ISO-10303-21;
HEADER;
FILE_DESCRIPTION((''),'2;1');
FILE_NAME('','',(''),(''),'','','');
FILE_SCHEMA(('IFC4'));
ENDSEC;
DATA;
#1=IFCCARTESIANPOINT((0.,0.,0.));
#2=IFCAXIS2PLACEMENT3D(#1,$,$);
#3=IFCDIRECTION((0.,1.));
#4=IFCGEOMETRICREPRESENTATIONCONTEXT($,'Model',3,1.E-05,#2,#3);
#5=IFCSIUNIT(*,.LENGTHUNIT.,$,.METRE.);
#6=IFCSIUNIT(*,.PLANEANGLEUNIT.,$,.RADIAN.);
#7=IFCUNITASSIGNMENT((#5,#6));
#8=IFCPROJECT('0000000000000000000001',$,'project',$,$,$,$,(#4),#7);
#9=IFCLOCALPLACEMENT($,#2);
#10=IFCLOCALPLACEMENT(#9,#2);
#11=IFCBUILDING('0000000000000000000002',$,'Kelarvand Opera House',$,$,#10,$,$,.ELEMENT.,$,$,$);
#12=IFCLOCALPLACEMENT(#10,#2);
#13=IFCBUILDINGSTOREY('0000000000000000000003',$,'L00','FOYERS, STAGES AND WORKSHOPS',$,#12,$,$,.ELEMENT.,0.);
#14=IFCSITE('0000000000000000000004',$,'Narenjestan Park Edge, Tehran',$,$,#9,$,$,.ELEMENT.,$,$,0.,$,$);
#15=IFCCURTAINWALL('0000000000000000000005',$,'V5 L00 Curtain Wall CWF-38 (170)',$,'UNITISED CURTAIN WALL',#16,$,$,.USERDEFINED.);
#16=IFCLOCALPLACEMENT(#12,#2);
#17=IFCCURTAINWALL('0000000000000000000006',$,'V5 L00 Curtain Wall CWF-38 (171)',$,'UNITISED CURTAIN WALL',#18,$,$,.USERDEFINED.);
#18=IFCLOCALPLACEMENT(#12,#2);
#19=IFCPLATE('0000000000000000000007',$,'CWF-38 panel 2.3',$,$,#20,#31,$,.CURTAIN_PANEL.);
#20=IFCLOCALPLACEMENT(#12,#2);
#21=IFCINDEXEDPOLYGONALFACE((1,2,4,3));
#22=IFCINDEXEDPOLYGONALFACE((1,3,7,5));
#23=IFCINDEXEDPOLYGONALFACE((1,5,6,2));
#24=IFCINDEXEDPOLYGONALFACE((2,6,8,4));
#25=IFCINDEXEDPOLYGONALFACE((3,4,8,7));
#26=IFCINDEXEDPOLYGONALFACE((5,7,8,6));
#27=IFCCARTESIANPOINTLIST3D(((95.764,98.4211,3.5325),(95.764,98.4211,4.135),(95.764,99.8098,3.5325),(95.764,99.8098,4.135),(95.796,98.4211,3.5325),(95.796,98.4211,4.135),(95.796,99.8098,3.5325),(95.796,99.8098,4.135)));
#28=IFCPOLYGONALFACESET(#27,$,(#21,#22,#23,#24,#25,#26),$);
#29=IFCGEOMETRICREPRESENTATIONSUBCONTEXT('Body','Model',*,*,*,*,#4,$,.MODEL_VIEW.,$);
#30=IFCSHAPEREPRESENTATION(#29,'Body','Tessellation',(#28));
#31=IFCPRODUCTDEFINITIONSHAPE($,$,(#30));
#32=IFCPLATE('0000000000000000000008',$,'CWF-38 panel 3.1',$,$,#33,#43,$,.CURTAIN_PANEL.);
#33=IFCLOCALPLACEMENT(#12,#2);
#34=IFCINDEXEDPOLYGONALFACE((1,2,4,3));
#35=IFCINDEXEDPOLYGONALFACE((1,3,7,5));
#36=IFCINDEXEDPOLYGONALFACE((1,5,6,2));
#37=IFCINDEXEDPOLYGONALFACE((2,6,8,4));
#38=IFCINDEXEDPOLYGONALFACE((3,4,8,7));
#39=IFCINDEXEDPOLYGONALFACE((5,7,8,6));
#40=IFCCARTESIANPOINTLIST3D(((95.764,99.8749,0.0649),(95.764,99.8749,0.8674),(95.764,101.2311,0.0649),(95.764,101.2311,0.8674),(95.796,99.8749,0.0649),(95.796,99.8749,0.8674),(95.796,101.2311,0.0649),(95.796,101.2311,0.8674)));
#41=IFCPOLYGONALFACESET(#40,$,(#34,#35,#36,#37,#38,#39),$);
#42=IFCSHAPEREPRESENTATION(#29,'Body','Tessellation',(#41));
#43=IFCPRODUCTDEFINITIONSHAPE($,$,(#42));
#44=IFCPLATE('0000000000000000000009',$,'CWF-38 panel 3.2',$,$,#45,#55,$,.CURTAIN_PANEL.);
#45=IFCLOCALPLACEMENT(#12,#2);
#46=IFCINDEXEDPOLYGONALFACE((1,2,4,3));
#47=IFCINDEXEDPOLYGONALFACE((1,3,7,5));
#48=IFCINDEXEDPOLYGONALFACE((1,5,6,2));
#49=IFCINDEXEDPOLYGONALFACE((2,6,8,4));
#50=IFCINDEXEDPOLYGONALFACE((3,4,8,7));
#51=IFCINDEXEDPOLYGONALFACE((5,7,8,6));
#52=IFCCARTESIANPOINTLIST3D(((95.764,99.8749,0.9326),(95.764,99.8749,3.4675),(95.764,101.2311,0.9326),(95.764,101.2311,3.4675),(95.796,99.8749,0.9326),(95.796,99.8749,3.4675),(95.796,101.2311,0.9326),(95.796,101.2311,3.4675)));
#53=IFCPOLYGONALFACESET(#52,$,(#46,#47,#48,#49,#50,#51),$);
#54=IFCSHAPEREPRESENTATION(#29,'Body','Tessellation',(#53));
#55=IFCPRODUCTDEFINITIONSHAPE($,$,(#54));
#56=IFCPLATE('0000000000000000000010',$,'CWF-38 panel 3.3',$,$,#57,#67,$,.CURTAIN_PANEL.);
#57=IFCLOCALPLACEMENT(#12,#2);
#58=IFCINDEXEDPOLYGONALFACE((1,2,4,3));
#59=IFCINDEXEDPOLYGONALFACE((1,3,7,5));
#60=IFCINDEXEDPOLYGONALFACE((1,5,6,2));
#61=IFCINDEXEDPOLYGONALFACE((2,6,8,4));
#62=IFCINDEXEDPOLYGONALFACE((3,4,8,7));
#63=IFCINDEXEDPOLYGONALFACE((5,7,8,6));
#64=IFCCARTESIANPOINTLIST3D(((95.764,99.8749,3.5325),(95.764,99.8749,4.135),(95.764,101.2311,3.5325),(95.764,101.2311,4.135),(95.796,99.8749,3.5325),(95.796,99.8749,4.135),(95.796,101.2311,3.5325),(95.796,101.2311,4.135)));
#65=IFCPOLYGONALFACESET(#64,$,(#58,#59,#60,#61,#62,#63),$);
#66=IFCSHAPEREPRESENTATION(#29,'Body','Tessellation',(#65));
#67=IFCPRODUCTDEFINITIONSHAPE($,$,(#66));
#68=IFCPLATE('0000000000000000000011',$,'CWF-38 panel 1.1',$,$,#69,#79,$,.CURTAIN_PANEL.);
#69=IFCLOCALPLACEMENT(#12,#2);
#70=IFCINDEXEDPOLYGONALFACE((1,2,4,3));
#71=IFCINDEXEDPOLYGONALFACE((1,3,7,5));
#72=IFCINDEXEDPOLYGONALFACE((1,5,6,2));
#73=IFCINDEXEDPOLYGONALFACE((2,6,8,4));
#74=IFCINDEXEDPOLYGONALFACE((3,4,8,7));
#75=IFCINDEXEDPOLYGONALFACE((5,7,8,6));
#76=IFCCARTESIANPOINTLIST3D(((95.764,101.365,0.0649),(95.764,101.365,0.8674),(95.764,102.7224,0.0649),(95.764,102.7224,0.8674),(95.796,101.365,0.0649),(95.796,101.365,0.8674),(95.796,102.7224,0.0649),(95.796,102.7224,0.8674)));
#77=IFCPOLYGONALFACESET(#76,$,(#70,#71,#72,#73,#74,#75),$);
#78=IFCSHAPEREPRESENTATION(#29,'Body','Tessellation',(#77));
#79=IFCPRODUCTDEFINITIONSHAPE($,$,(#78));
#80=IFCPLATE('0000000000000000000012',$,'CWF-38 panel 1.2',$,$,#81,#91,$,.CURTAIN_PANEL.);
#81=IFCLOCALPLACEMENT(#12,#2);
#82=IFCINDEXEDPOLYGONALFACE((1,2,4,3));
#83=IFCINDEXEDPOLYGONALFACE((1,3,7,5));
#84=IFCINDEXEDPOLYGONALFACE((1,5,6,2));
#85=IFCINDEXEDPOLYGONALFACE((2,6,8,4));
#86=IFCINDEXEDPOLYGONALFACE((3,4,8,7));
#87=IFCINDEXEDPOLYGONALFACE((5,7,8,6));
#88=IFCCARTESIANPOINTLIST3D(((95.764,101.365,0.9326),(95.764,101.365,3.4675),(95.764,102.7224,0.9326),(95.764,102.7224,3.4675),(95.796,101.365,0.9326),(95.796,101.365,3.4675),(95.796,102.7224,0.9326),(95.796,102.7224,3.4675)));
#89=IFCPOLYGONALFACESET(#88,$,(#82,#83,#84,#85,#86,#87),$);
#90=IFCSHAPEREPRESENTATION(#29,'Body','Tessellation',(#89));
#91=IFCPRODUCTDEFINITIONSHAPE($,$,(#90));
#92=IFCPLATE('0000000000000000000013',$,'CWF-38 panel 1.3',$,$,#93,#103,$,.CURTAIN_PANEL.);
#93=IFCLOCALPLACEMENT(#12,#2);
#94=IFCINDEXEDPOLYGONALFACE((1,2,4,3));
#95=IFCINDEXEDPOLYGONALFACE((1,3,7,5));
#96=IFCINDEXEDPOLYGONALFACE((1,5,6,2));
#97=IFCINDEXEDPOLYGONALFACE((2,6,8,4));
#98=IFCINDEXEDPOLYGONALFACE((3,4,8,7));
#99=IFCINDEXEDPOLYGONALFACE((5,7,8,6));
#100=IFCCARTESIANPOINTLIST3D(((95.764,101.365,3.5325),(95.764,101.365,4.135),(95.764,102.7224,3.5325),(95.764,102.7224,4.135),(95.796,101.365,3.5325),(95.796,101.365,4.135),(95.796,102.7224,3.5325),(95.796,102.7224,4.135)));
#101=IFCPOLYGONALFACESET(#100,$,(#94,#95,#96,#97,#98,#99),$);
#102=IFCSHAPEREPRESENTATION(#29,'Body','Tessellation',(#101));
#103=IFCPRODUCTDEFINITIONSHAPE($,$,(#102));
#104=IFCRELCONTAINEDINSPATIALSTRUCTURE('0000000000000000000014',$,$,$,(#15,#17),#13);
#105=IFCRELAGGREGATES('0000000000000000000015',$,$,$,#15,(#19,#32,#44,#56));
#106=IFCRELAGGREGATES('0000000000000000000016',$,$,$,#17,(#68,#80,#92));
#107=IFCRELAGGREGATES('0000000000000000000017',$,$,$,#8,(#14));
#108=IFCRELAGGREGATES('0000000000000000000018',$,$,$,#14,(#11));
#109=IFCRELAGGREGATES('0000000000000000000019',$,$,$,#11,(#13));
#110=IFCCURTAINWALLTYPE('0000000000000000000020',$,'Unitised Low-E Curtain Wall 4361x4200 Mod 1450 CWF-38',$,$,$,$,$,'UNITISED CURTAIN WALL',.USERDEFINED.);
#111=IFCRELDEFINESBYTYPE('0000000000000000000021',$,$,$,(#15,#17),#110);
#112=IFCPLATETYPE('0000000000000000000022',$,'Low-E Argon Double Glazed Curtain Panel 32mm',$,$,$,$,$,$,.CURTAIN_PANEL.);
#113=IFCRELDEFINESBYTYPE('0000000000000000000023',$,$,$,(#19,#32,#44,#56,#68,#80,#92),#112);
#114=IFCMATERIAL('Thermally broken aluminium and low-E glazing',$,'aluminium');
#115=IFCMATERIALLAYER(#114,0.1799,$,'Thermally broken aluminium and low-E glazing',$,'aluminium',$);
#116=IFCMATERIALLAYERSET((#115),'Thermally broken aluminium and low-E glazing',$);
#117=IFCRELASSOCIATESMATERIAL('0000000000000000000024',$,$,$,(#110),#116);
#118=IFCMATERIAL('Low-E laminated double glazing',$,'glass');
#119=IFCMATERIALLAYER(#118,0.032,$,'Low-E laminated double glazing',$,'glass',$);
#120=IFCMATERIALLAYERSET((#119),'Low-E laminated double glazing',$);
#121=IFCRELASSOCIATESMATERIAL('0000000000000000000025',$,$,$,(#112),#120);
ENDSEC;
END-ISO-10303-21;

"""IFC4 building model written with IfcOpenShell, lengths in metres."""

from ifc_helpers import new_model, si_unit, direction, frame, origin, origin_2d, place, context, subcontext, project, spatial, rectangle, extrude, material, layer, layer_set, type_object, element, aggregate, save


model = new_model("IFC4")

# Units and contexts
model_context = context("Model", 3, precision=1e-05, world=origin(), true_north=direction((0.0, 1.0)))
body_context = subcontext(model_context, "Body", "Model", "MODEL_VIEW")
ifc_project = project(units=[si_unit("LENGTHUNIT", "METRE"), si_unit("PLANEANGLEUNIT", "RADIAN")], contexts=[model_context])

# Site, building, storey
site_placement = place(None, origin())
site = spatial("IfcSite", under=ifc_project, at=site_placement, Name="Narenjestan Park Edge, Tehran", CompositionType="ELEMENT", RefElevation=0.0)
building_placement = place(site_placement, origin())
building = spatial("IfcBuilding", under=site, at=building_placement, Name="Kelarvand Opera House", CompositionType="ELEMENT")
storey_placement = place(building_placement, origin())
storey = spatial("IfcBuildingStorey", under=building, at=storey_placement, Name="L00", Description="FOYERS, STAGES AND WORKSHOPS", CompositionType="ELEMENT", Elevation=0.0)

# Curtain walls
ifc_material_1 = material(Name="Thermally broken aluminium and low-E glazing", Category="aluminium")
ifc_layer_1 = layer(ifc_material_1, 0.1799, Name="Thermally broken aluminium and low-E glazing", Category="aluminium")
ifc_layer_set_1 = layer_set([ifc_layer_1], Name="Thermally broken aluminium and low-E glazing")
curtain_wall_type = type_object("IfcCurtainWallType", Name="Unitised Low-E Curtain Wall 4361x4200 Mod 1450 CWF-38", ElementType="UNITISED CURTAIN WALL", PredefinedType="USERDEFINED", material=ifc_layer_set_1)
curtain_wall_1_placement = place(storey_placement, origin())
curtain_wall_1 = element("IfcCurtainWall", 1, at=curtain_wall_1_placement, inside=storey, type_object=curtain_wall_type, Name="V5 L00 Curtain Wall CWF-38 (170)", ObjectType="UNITISED CURTAIN WALL", PredefinedType="USERDEFINED")
curtain_wall_2_placement = place(storey_placement, origin())
curtain_wall_2 = element("IfcCurtainWall", 2, at=curtain_wall_2_placement, inside=storey, type_object=curtain_wall_type, Name="V5 L00 Curtain Wall CWF-38 (171)", ObjectType="UNITISED CURTAIN WALL", PredefinedType="USERDEFINED")

# Plates
ifc_material_2 = material(Name="Low-E laminated double glazing", Category="glass")
ifc_layer_2 = layer(ifc_material_2, 0.032, Name="Low-E laminated double glazing", Category="glass")
ifc_layer_set_2 = layer_set([ifc_layer_2], Name="Low-E laminated double glazing")
plate_type = type_object("IfcPlateType", Name="Low-E Argon Double Glazed Curtain Panel 32mm", PredefinedType="CURTAIN_PANEL", material=ifc_layer_set_2)
plate_1_placement = place(storey_placement, frame((95.78, 99.1155, 3.5325), z_axis=(0.0, 0.0, 1.0), x_axis=(0.0, 1.0, 0.0)))
plate_1 = element("IfcPlate", 3, at=plate_1_placement, type_object=plate_type, Name="CWF-38 panel 2.3", PredefinedType="CURTAIN_PANEL", context=body_context, shape_type="SweptSolid", body=[
    extrude(rectangle(XDim=1.3887, YDim=0.032, at=origin_2d()), origin(), (0.0, 0.0, 1.0), 0.6025),
])
plate_2_placement = place(storey_placement, frame((95.78, 100.553, 0.0649), z_axis=(0.0, 0.0, 1.0), x_axis=(0.0, 1.0, 0.0)))
plate_2 = element("IfcPlate", 4, at=plate_2_placement, type_object=plate_type, Name="CWF-38 panel 3.1", PredefinedType="CURTAIN_PANEL", context=body_context, shape_type="SweptSolid", body=[
    extrude(rectangle(XDim=1.3562, YDim=0.032, at=origin_2d()), origin(), (0.0, 0.0, 1.0), 0.8025),
])
plate_3_placement = place(storey_placement, frame((95.78, 100.553, 0.9326), z_axis=(0.0, 0.0, 1.0), x_axis=(0.0, 1.0, 0.0)))
plate_3 = element("IfcPlate", 5, at=plate_3_placement, type_object=plate_type, Name="CWF-38 panel 3.2", PredefinedType="CURTAIN_PANEL", context=body_context, shape_type="SweptSolid", body=[
    extrude(rectangle(XDim=1.3562, YDim=0.032, at=origin_2d()), origin(), (0.0, 0.0, 1.0), 2.5349),
])
plate_4_placement = place(storey_placement, frame((95.78, 100.553, 3.5325), z_axis=(0.0, 0.0, 1.0), x_axis=(0.0, 1.0, 0.0)))
plate_4 = element("IfcPlate", 6, at=plate_4_placement, type_object=plate_type, Name="CWF-38 panel 3.3", PredefinedType="CURTAIN_PANEL", context=body_context, shape_type="SweptSolid", body=[
    extrude(rectangle(XDim=1.3562, YDim=0.032, at=origin_2d()), origin(), (0.0, 0.0, 1.0), 0.6025),
])
aggregate(curtain_wall_1, [plate_1, plate_2, plate_3, plate_4])
plate_5_placement = place(storey_placement, frame((95.78, 102.0437, 0.0649), z_axis=(0.0, 0.0, 1.0), x_axis=(0.0, 1.0, 0.0)))
plate_5 = element("IfcPlate", 7, at=plate_5_placement, type_object=plate_type, Name="CWF-38 panel 1.1", PredefinedType="CURTAIN_PANEL", context=body_context, shape_type="SweptSolid", body=[
    extrude(rectangle(XDim=1.3574, YDim=0.032, at=origin_2d()), origin(), (0.0, 0.0, 1.0), 0.8025),
])
plate_6_placement = place(storey_placement, frame((95.78, 102.0437, 0.9326), z_axis=(0.0, 0.0, 1.0), x_axis=(0.0, 1.0, 0.0)))
plate_6 = element("IfcPlate", 8, at=plate_6_placement, type_object=plate_type, Name="CWF-38 panel 1.2", PredefinedType="CURTAIN_PANEL", context=body_context, shape_type="SweptSolid", body=[
    extrude(rectangle(XDim=1.3574, YDim=0.032, at=origin_2d()), origin(), (0.0, 0.0, 1.0), 2.5349),
])
plate_7_placement = place(storey_placement, frame((95.78, 102.0437, 3.5325), z_axis=(0.0, 0.0, 1.0), x_axis=(0.0, 1.0, 0.0)))
plate_7 = element("IfcPlate", 9, at=plate_7_placement, type_object=plate_type, Name="CWF-38 panel 1.3", PredefinedType="CURTAIN_PANEL", context=body_context, shape_type="SweptSolid", body=[
    extrude(rectangle(XDim=1.3574, YDim=0.032, at=origin_2d()), origin(), (0.0, 0.0, 1.0), 0.6025),
])
aggregate(curtain_wall_2, [plate_5, plate_6, plate_7])

save(model, "model.ifc")
